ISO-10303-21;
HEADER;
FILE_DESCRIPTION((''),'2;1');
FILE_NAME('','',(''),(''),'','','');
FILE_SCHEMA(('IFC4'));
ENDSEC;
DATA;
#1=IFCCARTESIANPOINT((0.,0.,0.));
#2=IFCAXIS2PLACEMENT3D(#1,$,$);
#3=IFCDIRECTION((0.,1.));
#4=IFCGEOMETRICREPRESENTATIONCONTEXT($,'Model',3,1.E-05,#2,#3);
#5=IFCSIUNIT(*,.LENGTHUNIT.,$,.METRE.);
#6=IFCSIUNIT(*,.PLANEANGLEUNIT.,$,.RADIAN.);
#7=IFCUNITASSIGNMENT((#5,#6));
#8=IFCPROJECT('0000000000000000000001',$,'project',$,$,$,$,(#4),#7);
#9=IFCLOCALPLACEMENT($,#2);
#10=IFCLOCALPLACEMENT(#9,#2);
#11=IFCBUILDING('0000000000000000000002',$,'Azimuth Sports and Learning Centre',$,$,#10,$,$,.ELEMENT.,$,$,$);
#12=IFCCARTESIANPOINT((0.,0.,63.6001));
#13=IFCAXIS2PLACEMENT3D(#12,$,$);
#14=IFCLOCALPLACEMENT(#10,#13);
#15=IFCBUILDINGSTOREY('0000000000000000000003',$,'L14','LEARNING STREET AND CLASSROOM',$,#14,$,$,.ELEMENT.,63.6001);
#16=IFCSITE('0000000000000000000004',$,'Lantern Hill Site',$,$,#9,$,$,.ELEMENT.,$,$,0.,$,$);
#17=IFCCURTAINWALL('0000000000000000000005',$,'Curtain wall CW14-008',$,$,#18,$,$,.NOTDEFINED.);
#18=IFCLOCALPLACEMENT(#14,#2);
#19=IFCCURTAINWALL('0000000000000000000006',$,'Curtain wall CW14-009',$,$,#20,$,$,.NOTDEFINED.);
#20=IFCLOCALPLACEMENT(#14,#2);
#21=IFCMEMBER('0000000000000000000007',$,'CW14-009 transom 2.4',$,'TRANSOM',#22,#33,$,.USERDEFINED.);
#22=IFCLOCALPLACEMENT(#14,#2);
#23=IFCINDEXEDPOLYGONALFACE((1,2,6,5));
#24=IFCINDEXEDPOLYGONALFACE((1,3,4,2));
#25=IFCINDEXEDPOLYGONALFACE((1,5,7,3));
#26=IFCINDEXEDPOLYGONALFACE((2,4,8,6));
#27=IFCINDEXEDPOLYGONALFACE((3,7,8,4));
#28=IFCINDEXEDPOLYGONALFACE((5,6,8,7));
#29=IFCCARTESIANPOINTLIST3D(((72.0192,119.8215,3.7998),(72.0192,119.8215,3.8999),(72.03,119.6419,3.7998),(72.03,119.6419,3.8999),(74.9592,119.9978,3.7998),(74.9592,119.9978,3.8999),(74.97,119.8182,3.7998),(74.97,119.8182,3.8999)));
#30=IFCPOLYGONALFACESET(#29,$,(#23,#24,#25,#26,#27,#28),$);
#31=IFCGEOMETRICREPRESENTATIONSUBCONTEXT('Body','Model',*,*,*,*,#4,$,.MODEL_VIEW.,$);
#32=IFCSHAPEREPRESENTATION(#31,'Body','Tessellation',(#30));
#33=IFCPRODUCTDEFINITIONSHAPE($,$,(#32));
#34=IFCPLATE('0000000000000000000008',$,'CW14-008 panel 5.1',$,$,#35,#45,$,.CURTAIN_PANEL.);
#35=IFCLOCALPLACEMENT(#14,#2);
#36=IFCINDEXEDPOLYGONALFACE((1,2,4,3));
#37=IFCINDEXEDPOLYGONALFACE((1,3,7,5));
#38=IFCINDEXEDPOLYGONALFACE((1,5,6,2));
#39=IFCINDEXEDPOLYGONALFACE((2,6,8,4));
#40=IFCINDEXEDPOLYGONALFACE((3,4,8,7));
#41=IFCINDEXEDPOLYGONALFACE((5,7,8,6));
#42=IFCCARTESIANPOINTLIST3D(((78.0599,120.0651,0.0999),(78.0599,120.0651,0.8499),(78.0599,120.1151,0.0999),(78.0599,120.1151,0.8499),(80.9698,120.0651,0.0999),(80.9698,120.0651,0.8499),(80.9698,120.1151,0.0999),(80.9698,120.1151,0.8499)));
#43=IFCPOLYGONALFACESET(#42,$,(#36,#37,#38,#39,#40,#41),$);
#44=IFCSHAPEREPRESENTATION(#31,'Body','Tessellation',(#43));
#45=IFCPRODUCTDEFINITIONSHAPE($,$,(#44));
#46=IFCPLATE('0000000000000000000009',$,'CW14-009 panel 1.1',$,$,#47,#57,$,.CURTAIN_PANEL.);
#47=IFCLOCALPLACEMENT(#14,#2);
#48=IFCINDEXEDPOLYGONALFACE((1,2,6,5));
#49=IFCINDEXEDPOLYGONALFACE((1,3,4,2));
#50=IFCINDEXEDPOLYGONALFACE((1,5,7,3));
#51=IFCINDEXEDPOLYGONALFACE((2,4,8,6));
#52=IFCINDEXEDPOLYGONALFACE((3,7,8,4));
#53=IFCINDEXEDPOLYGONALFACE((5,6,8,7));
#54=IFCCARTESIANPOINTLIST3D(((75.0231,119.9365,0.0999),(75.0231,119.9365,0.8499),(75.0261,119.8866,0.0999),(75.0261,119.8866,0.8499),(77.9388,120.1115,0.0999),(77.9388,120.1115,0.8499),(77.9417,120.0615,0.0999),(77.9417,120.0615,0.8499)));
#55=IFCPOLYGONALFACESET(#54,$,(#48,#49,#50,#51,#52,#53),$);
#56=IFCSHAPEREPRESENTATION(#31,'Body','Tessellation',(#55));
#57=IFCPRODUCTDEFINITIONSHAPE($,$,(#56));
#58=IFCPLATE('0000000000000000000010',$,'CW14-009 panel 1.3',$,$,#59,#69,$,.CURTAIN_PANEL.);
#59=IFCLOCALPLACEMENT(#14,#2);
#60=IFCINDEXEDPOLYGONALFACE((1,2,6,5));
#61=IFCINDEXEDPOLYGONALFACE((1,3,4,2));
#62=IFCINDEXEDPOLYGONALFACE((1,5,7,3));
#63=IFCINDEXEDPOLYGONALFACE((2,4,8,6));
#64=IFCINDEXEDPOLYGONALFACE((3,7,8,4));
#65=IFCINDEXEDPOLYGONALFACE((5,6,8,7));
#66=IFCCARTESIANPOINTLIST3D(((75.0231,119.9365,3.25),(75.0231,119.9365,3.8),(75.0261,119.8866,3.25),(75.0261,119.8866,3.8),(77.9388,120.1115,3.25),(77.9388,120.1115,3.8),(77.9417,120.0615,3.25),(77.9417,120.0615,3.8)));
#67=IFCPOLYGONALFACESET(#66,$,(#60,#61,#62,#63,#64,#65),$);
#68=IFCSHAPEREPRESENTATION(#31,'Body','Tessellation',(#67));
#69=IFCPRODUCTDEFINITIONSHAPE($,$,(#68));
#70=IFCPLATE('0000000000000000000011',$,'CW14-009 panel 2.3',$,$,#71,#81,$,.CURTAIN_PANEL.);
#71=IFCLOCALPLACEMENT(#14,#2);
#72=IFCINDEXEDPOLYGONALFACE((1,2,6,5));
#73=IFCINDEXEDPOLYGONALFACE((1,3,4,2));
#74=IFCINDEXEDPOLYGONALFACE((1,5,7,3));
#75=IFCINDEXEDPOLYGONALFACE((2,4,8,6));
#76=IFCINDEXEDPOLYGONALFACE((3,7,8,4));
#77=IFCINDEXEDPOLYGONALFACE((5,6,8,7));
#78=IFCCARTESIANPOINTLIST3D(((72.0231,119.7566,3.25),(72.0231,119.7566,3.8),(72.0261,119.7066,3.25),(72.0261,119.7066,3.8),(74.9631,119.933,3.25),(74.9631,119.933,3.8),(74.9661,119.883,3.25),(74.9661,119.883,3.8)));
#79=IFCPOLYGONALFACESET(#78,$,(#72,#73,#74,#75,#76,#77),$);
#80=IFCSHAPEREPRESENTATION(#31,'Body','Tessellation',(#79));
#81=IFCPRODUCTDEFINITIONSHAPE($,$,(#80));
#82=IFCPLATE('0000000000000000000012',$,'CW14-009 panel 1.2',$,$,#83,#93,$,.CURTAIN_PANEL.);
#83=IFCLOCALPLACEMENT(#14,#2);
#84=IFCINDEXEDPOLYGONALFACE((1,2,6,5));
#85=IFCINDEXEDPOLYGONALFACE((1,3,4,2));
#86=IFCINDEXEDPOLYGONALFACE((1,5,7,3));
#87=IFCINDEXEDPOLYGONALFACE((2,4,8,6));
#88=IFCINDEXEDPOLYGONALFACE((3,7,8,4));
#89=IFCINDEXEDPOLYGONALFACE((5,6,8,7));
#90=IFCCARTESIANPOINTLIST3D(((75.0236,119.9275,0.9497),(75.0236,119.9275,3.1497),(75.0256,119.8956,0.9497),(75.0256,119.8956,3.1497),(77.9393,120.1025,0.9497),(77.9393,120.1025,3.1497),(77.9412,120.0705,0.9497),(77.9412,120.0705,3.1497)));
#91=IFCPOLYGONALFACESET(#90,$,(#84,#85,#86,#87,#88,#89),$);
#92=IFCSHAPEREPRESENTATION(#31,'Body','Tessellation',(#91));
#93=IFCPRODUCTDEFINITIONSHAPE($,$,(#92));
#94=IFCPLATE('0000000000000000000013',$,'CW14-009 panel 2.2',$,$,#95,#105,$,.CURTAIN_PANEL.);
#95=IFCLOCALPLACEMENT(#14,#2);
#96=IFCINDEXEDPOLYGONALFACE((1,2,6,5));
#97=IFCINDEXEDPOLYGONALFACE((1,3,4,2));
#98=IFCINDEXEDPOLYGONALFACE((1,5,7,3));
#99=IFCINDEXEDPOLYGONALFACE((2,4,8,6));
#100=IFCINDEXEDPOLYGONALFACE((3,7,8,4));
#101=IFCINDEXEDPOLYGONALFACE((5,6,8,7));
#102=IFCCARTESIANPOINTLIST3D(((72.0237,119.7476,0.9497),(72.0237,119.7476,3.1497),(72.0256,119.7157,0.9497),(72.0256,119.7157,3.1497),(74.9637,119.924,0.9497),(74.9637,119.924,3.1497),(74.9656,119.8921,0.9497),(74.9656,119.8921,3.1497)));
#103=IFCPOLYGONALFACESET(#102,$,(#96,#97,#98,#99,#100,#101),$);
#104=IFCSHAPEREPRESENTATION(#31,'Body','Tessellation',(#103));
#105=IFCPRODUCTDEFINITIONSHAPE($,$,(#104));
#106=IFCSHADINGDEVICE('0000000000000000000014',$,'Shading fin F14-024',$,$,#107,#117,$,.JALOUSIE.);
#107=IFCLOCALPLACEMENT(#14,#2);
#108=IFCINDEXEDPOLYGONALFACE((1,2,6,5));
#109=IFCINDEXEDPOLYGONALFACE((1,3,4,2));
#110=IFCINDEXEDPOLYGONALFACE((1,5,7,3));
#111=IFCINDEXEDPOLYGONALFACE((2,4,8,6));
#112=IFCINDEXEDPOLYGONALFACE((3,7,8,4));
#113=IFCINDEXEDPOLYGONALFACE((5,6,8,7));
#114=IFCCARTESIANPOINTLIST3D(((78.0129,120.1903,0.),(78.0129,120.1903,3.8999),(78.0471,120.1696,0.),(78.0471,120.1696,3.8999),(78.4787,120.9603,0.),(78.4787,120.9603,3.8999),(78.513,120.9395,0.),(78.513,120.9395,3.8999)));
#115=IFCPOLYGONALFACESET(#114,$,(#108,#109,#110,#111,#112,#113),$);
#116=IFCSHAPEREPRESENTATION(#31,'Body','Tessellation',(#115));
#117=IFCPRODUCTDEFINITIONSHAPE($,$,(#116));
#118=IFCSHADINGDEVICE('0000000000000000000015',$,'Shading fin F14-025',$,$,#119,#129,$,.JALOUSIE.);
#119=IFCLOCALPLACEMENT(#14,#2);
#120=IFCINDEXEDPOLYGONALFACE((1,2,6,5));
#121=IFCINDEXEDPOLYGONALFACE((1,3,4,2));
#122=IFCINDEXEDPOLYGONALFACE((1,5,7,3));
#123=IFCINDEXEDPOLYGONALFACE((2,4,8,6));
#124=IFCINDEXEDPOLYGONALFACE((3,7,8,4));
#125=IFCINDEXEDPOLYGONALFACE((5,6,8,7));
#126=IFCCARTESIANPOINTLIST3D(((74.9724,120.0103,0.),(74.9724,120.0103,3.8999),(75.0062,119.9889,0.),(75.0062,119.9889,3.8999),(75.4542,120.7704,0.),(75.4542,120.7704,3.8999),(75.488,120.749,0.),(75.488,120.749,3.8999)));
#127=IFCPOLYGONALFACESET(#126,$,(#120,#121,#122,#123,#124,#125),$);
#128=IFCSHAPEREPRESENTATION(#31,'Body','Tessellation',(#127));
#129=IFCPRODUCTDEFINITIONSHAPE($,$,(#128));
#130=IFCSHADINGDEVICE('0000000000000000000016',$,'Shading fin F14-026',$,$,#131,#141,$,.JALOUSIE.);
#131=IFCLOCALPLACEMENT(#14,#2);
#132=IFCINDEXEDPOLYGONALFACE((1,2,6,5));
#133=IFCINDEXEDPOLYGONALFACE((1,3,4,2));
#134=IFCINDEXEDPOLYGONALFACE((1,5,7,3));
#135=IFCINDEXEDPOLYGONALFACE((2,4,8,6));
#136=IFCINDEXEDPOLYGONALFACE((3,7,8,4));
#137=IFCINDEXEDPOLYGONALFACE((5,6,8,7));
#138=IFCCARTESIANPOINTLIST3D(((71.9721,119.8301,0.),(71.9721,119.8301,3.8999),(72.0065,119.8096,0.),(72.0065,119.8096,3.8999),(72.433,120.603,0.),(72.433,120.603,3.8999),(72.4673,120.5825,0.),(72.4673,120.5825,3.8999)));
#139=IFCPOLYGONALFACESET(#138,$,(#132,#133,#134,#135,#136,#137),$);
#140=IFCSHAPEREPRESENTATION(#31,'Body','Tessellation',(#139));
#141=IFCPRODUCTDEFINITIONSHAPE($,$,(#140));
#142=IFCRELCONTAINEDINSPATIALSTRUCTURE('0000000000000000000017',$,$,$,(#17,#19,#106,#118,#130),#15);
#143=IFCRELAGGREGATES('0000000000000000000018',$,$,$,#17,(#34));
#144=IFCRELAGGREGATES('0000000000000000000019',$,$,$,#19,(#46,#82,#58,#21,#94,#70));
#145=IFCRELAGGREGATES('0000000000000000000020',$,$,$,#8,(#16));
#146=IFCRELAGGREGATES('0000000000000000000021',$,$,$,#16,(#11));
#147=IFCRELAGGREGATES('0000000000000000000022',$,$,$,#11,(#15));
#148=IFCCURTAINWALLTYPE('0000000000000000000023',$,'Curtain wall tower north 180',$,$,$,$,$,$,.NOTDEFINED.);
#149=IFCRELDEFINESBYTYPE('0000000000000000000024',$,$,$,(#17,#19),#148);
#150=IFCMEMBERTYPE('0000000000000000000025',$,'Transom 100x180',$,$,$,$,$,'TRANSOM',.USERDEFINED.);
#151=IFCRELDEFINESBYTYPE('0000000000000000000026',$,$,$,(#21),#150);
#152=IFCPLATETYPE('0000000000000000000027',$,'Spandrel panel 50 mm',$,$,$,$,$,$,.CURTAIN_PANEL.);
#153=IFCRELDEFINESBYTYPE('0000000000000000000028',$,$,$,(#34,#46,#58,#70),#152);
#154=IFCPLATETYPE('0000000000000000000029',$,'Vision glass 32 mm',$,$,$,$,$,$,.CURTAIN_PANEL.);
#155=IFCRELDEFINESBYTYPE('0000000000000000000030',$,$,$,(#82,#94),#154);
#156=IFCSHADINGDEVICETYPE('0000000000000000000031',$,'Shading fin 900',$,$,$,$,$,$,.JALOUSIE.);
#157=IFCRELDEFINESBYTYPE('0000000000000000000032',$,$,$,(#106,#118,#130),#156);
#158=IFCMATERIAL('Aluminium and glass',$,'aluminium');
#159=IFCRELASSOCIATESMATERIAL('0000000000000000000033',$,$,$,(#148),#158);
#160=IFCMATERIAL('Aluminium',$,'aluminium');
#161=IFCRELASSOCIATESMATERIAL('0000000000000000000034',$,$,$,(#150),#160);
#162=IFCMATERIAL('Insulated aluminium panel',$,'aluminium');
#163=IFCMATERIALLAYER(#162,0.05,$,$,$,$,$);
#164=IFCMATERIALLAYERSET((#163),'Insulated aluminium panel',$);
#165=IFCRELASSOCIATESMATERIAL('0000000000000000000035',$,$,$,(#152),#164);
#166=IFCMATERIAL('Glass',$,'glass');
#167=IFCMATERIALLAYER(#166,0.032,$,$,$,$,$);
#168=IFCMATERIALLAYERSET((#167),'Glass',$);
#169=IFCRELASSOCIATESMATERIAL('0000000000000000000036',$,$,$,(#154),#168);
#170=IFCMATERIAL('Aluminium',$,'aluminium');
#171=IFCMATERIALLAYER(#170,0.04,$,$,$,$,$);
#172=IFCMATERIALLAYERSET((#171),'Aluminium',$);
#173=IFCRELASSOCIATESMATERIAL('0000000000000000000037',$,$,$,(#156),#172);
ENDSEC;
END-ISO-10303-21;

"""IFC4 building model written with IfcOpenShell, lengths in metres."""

from ifc_helpers import new_model, si_unit, direction, frame, origin, origin_2d, place, context, subcontext, project, spatial, rectangle, extrude, material, layer, layer_set, material_profile, profile_set, type_object, element, aggregate, save


model = new_model("IFC4")

# Units and contexts
model_context = context("Model", 3, precision=1e-05, world=origin(), true_north=direction((0.0, 1.0)))
body_context = subcontext(model_context, "Body", "Model", "MODEL_VIEW")
ifc_project = project(units=[si_unit("LENGTHUNIT", "METRE"), si_unit("PLANEANGLEUNIT", "RADIAN")], contexts=[model_context])

# Site, building, storey
site_placement = place(None, origin())
site = spatial("IfcSite", under=ifc_project, at=site_placement, Name="Lantern Hill Site", CompositionType="ELEMENT", RefElevation=0.0)
building_placement = place(site_placement, origin())
building = spatial("IfcBuilding", under=site, at=building_placement, Name="Azimuth Sports and Learning Centre", CompositionType="ELEMENT")
storey_placement = place(building_placement, frame((0.0, 0.0, 63.6001)))
storey = spatial("IfcBuildingStorey", under=building, at=storey_placement, Name="L14", Description="LEARNING STREET AND CLASSROOM", CompositionType="ELEMENT", Elevation=63.6001)

# Curtain wall
ifc_material_1 = material(Name="Aluminium and glass", Category="aluminium")
curtain_wall_type = type_object("IfcCurtainWallType", Name="Curtain wall tower north 180", PredefinedType="NOTDEFINED", material=ifc_material_1)
curtain_wall_1_placement = place(storey_placement, origin())
curtain_wall_1 = element("IfcCurtainWall", 1, at=curtain_wall_1_placement, inside=storey, type_object=curtain_wall_type, Name="Curtain wall CW14-008", PredefinedType="NOTDEFINED")

# Curtain wall, member
curtain_wall_2_placement = place(storey_placement, origin())
curtain_wall_2 = element("IfcCurtainWall", 2, at=curtain_wall_2_placement, inside=storey, type_object=curtain_wall_type, Name="Curtain wall CW14-009", PredefinedType="NOTDEFINED")
ifc_material_2 = material(Name="Aluminium", Category="aluminium")
ifc_material_profile_1 = material_profile(ifc_material_2, rectangle(XDim=0.1799, YDim=0.1001, at=origin_2d()), Name="Transom 100x180")
ifc_profile_set_1 = profile_set([ifc_material_profile_1], Name="Aluminium")
member_type_1 = type_object("IfcMemberType", Name="Transom 100x180", ElementType="TRANSOM", PredefinedType="USERDEFINED", material=ifc_profile_set_1)
member_1_placement = place(storey_placement, frame((74.9646, 119.908, 3.8499), z_axis=(-0.998207, -0.059849, 0.0), x_axis=(0.059849, -0.998207, 0.0)))
member_1 = element("IfcMember", 3, at=member_1_placement, type_object=member_type_1, Name="CW14-009 transom 2.4", ObjectType="TRANSOM", PredefinedType="USERDEFINED", context=body_context, shape_type="SweptSolid", body=[
    extrude(rectangle(XDim=0.1799, YDim=0.1001, at=origin_2d()), origin(), (0.0, 0.0, 1.0), 2.9453),
])

# Plates
ifc_material_3 = material(Name="Insulated aluminium panel", Category="aluminium")
ifc_layer_1 = layer(ifc_material_3, 0.05)
ifc_layer_set_1 = layer_set([ifc_layer_1], Name="Insulated aluminium panel")
plate_type_1 = type_object("IfcPlateType", Name="Spandrel panel 50 mm", PredefinedType="CURTAIN_PANEL", material=ifc_layer_set_1)
plate_1_placement = place(storey_placement, frame((79.5149, 120.0901, 0.0999), z_axis=(0.0, 0.0, 1.0), x_axis=(-1.0, 0.0, 0.0)))
plate_1 = element("IfcPlate", 4, at=plate_1_placement, type_object=plate_type_1, Name="CW14-008 panel 5.1", PredefinedType="CURTAIN_PANEL", context=body_context, shape_type="SweptSolid", body=[
    extrude(rectangle(XDim=2.9099, YDim=0.05, at=origin_2d()), origin(), (0.0, 0.0, 1.0), 0.75),
])
aggregate(curtain_wall_1, [plate_1])
plate_2_placement = place(storey_placement, frame((76.4824, 119.999, 0.0999), z_axis=(0.0, 0.0, 1.0), x_axis=(-0.998205, -0.059892, 0.0)))
plate_2 = element("IfcPlate", 5, at=plate_2_placement, type_object=plate_type_1, Name="CW14-009 panel 1.1", PredefinedType="CURTAIN_PANEL", context=body_context, shape_type="SweptSolid", body=[
    extrude(rectangle(XDim=2.9209, YDim=0.05, at=origin_2d()), origin(), (0.0, 0.0, 1.0), 0.75),
])
plate_3_placement = place(storey_placement, frame((76.4824, 119.999, 3.25), z_axis=(0.0, 0.0, 1.0), x_axis=(-0.998205, -0.059892, 0.0)))
plate_3 = element("IfcPlate", 6, at=plate_3_placement, type_object=plate_type_1, Name="CW14-009 panel 1.3", PredefinedType="CURTAIN_PANEL", context=body_context, shape_type="SweptSolid", body=[
    extrude(rectangle(XDim=2.9209, YDim=0.05, at=origin_2d()), origin(), (0.0, 0.0, 1.0), 0.55),
])
plate_4_placement = place(storey_placement, frame((73.4946, 119.8198, 3.25), z_axis=(0.0, 0.0, 1.0), x_axis=(-0.998205, -0.059892, 0.0)))
plate_4 = element("IfcPlate", 7, at=plate_4_placement, type_object=plate_type_1, Name="CW14-009 panel 2.3", PredefinedType="CURTAIN_PANEL", context=body_context, shape_type="SweptSolid", body=[
    extrude(rectangle(XDim=2.9453, YDim=0.05, at=origin_2d()), origin(), (0.0, 0.0, 1.0), 0.55),
])
ifc_material_4 = material(Name="Glass", Category="glass")
ifc_layer_2 = layer(ifc_material_4, 0.032)
ifc_layer_set_2 = layer_set([ifc_layer_2], Name="Glass")
plate_type_2 = type_object("IfcPlateType", Name="Vision glass 32 mm", PredefinedType="CURTAIN_PANEL", material=ifc_layer_set_2)
plate_5_placement = place(storey_placement, frame((76.4824, 119.999, 0.9497), z_axis=(0.0, 0.0, 1.0), x_axis=(-0.998205, -0.059892, 0.0)))
plate_5 = element("IfcPlate", 8, at=plate_5_placement, type_object=plate_type_2, Name="CW14-009 panel 1.2", PredefinedType="CURTAIN_PANEL", context=body_context, shape_type="SweptSolid", body=[
    extrude(rectangle(XDim=2.9209, YDim=0.032, at=origin_2d()), origin(), (0.0, 0.0, 1.0), 2.2),
])
plate_6_placement = place(storey_placement, frame((73.4946, 119.8198, 0.9497), z_axis=(0.0, 0.0, 1.0), x_axis=(-0.998205, -0.059892, 0.0)))
plate_6 = element("IfcPlate", 9, at=plate_6_placement, type_object=plate_type_2, Name="CW14-009 panel 2.2", PredefinedType="CURTAIN_PANEL", context=body_context, shape_type="SweptSolid", body=[
    extrude(rectangle(XDim=2.9453, YDim=0.032, at=origin_2d()), origin(), (0.0, 0.0, 1.0), 2.2),
])
aggregate(curtain_wall_2, [plate_2, plate_5, plate_3, member_1, plate_6, plate_4])

# Shading devices
ifc_material_5 = material(Name="Aluminium", Category="aluminium")
ifc_layer_3 = layer(ifc_material_5, 0.04)
ifc_layer_set_3 = layer_set([ifc_layer_3], Name="Aluminium")
shading_device_type = type_object("IfcShadingDeviceType", Name="Shading fin 900", PredefinedType="JALOUSIE", material=ifc_layer_set_3)
for number, where, z_axis, x_axis, name in (
    (10, (78.2629, 120.5649, 0.0), (0.0, 0.0, 1.0), (0.517682, 0.855573, 0.0), "Shading fin F14-024"),
    (11, (75.2302, 120.3796, 0.0), (0.0, 0.0, 1.0), (0.535372, 0.844616, 0.0), "Shading fin F14-025"),
    (12, (72.2197, 120.2063, 0.0), (0.0, 0.0, 1.0), (0.512109, 0.85892, 0.0), "Shading fin F14-026"),
):
    element("IfcShadingDevice", number, at=place(storey_placement, frame(where, z_axis=z_axis, x_axis=x_axis)), inside=storey, type_object=shading_device_type, Name=name, PredefinedType="JALOUSIE", context=body_context, shape_type="SweptSolid", body=[
        extrude(rectangle(XDim=0.8999, YDim=0.04, at=origin_2d()), origin(), (0.0, 0.0, 1.0), 3.8999),
    ])

save(model, "model.ifc")
